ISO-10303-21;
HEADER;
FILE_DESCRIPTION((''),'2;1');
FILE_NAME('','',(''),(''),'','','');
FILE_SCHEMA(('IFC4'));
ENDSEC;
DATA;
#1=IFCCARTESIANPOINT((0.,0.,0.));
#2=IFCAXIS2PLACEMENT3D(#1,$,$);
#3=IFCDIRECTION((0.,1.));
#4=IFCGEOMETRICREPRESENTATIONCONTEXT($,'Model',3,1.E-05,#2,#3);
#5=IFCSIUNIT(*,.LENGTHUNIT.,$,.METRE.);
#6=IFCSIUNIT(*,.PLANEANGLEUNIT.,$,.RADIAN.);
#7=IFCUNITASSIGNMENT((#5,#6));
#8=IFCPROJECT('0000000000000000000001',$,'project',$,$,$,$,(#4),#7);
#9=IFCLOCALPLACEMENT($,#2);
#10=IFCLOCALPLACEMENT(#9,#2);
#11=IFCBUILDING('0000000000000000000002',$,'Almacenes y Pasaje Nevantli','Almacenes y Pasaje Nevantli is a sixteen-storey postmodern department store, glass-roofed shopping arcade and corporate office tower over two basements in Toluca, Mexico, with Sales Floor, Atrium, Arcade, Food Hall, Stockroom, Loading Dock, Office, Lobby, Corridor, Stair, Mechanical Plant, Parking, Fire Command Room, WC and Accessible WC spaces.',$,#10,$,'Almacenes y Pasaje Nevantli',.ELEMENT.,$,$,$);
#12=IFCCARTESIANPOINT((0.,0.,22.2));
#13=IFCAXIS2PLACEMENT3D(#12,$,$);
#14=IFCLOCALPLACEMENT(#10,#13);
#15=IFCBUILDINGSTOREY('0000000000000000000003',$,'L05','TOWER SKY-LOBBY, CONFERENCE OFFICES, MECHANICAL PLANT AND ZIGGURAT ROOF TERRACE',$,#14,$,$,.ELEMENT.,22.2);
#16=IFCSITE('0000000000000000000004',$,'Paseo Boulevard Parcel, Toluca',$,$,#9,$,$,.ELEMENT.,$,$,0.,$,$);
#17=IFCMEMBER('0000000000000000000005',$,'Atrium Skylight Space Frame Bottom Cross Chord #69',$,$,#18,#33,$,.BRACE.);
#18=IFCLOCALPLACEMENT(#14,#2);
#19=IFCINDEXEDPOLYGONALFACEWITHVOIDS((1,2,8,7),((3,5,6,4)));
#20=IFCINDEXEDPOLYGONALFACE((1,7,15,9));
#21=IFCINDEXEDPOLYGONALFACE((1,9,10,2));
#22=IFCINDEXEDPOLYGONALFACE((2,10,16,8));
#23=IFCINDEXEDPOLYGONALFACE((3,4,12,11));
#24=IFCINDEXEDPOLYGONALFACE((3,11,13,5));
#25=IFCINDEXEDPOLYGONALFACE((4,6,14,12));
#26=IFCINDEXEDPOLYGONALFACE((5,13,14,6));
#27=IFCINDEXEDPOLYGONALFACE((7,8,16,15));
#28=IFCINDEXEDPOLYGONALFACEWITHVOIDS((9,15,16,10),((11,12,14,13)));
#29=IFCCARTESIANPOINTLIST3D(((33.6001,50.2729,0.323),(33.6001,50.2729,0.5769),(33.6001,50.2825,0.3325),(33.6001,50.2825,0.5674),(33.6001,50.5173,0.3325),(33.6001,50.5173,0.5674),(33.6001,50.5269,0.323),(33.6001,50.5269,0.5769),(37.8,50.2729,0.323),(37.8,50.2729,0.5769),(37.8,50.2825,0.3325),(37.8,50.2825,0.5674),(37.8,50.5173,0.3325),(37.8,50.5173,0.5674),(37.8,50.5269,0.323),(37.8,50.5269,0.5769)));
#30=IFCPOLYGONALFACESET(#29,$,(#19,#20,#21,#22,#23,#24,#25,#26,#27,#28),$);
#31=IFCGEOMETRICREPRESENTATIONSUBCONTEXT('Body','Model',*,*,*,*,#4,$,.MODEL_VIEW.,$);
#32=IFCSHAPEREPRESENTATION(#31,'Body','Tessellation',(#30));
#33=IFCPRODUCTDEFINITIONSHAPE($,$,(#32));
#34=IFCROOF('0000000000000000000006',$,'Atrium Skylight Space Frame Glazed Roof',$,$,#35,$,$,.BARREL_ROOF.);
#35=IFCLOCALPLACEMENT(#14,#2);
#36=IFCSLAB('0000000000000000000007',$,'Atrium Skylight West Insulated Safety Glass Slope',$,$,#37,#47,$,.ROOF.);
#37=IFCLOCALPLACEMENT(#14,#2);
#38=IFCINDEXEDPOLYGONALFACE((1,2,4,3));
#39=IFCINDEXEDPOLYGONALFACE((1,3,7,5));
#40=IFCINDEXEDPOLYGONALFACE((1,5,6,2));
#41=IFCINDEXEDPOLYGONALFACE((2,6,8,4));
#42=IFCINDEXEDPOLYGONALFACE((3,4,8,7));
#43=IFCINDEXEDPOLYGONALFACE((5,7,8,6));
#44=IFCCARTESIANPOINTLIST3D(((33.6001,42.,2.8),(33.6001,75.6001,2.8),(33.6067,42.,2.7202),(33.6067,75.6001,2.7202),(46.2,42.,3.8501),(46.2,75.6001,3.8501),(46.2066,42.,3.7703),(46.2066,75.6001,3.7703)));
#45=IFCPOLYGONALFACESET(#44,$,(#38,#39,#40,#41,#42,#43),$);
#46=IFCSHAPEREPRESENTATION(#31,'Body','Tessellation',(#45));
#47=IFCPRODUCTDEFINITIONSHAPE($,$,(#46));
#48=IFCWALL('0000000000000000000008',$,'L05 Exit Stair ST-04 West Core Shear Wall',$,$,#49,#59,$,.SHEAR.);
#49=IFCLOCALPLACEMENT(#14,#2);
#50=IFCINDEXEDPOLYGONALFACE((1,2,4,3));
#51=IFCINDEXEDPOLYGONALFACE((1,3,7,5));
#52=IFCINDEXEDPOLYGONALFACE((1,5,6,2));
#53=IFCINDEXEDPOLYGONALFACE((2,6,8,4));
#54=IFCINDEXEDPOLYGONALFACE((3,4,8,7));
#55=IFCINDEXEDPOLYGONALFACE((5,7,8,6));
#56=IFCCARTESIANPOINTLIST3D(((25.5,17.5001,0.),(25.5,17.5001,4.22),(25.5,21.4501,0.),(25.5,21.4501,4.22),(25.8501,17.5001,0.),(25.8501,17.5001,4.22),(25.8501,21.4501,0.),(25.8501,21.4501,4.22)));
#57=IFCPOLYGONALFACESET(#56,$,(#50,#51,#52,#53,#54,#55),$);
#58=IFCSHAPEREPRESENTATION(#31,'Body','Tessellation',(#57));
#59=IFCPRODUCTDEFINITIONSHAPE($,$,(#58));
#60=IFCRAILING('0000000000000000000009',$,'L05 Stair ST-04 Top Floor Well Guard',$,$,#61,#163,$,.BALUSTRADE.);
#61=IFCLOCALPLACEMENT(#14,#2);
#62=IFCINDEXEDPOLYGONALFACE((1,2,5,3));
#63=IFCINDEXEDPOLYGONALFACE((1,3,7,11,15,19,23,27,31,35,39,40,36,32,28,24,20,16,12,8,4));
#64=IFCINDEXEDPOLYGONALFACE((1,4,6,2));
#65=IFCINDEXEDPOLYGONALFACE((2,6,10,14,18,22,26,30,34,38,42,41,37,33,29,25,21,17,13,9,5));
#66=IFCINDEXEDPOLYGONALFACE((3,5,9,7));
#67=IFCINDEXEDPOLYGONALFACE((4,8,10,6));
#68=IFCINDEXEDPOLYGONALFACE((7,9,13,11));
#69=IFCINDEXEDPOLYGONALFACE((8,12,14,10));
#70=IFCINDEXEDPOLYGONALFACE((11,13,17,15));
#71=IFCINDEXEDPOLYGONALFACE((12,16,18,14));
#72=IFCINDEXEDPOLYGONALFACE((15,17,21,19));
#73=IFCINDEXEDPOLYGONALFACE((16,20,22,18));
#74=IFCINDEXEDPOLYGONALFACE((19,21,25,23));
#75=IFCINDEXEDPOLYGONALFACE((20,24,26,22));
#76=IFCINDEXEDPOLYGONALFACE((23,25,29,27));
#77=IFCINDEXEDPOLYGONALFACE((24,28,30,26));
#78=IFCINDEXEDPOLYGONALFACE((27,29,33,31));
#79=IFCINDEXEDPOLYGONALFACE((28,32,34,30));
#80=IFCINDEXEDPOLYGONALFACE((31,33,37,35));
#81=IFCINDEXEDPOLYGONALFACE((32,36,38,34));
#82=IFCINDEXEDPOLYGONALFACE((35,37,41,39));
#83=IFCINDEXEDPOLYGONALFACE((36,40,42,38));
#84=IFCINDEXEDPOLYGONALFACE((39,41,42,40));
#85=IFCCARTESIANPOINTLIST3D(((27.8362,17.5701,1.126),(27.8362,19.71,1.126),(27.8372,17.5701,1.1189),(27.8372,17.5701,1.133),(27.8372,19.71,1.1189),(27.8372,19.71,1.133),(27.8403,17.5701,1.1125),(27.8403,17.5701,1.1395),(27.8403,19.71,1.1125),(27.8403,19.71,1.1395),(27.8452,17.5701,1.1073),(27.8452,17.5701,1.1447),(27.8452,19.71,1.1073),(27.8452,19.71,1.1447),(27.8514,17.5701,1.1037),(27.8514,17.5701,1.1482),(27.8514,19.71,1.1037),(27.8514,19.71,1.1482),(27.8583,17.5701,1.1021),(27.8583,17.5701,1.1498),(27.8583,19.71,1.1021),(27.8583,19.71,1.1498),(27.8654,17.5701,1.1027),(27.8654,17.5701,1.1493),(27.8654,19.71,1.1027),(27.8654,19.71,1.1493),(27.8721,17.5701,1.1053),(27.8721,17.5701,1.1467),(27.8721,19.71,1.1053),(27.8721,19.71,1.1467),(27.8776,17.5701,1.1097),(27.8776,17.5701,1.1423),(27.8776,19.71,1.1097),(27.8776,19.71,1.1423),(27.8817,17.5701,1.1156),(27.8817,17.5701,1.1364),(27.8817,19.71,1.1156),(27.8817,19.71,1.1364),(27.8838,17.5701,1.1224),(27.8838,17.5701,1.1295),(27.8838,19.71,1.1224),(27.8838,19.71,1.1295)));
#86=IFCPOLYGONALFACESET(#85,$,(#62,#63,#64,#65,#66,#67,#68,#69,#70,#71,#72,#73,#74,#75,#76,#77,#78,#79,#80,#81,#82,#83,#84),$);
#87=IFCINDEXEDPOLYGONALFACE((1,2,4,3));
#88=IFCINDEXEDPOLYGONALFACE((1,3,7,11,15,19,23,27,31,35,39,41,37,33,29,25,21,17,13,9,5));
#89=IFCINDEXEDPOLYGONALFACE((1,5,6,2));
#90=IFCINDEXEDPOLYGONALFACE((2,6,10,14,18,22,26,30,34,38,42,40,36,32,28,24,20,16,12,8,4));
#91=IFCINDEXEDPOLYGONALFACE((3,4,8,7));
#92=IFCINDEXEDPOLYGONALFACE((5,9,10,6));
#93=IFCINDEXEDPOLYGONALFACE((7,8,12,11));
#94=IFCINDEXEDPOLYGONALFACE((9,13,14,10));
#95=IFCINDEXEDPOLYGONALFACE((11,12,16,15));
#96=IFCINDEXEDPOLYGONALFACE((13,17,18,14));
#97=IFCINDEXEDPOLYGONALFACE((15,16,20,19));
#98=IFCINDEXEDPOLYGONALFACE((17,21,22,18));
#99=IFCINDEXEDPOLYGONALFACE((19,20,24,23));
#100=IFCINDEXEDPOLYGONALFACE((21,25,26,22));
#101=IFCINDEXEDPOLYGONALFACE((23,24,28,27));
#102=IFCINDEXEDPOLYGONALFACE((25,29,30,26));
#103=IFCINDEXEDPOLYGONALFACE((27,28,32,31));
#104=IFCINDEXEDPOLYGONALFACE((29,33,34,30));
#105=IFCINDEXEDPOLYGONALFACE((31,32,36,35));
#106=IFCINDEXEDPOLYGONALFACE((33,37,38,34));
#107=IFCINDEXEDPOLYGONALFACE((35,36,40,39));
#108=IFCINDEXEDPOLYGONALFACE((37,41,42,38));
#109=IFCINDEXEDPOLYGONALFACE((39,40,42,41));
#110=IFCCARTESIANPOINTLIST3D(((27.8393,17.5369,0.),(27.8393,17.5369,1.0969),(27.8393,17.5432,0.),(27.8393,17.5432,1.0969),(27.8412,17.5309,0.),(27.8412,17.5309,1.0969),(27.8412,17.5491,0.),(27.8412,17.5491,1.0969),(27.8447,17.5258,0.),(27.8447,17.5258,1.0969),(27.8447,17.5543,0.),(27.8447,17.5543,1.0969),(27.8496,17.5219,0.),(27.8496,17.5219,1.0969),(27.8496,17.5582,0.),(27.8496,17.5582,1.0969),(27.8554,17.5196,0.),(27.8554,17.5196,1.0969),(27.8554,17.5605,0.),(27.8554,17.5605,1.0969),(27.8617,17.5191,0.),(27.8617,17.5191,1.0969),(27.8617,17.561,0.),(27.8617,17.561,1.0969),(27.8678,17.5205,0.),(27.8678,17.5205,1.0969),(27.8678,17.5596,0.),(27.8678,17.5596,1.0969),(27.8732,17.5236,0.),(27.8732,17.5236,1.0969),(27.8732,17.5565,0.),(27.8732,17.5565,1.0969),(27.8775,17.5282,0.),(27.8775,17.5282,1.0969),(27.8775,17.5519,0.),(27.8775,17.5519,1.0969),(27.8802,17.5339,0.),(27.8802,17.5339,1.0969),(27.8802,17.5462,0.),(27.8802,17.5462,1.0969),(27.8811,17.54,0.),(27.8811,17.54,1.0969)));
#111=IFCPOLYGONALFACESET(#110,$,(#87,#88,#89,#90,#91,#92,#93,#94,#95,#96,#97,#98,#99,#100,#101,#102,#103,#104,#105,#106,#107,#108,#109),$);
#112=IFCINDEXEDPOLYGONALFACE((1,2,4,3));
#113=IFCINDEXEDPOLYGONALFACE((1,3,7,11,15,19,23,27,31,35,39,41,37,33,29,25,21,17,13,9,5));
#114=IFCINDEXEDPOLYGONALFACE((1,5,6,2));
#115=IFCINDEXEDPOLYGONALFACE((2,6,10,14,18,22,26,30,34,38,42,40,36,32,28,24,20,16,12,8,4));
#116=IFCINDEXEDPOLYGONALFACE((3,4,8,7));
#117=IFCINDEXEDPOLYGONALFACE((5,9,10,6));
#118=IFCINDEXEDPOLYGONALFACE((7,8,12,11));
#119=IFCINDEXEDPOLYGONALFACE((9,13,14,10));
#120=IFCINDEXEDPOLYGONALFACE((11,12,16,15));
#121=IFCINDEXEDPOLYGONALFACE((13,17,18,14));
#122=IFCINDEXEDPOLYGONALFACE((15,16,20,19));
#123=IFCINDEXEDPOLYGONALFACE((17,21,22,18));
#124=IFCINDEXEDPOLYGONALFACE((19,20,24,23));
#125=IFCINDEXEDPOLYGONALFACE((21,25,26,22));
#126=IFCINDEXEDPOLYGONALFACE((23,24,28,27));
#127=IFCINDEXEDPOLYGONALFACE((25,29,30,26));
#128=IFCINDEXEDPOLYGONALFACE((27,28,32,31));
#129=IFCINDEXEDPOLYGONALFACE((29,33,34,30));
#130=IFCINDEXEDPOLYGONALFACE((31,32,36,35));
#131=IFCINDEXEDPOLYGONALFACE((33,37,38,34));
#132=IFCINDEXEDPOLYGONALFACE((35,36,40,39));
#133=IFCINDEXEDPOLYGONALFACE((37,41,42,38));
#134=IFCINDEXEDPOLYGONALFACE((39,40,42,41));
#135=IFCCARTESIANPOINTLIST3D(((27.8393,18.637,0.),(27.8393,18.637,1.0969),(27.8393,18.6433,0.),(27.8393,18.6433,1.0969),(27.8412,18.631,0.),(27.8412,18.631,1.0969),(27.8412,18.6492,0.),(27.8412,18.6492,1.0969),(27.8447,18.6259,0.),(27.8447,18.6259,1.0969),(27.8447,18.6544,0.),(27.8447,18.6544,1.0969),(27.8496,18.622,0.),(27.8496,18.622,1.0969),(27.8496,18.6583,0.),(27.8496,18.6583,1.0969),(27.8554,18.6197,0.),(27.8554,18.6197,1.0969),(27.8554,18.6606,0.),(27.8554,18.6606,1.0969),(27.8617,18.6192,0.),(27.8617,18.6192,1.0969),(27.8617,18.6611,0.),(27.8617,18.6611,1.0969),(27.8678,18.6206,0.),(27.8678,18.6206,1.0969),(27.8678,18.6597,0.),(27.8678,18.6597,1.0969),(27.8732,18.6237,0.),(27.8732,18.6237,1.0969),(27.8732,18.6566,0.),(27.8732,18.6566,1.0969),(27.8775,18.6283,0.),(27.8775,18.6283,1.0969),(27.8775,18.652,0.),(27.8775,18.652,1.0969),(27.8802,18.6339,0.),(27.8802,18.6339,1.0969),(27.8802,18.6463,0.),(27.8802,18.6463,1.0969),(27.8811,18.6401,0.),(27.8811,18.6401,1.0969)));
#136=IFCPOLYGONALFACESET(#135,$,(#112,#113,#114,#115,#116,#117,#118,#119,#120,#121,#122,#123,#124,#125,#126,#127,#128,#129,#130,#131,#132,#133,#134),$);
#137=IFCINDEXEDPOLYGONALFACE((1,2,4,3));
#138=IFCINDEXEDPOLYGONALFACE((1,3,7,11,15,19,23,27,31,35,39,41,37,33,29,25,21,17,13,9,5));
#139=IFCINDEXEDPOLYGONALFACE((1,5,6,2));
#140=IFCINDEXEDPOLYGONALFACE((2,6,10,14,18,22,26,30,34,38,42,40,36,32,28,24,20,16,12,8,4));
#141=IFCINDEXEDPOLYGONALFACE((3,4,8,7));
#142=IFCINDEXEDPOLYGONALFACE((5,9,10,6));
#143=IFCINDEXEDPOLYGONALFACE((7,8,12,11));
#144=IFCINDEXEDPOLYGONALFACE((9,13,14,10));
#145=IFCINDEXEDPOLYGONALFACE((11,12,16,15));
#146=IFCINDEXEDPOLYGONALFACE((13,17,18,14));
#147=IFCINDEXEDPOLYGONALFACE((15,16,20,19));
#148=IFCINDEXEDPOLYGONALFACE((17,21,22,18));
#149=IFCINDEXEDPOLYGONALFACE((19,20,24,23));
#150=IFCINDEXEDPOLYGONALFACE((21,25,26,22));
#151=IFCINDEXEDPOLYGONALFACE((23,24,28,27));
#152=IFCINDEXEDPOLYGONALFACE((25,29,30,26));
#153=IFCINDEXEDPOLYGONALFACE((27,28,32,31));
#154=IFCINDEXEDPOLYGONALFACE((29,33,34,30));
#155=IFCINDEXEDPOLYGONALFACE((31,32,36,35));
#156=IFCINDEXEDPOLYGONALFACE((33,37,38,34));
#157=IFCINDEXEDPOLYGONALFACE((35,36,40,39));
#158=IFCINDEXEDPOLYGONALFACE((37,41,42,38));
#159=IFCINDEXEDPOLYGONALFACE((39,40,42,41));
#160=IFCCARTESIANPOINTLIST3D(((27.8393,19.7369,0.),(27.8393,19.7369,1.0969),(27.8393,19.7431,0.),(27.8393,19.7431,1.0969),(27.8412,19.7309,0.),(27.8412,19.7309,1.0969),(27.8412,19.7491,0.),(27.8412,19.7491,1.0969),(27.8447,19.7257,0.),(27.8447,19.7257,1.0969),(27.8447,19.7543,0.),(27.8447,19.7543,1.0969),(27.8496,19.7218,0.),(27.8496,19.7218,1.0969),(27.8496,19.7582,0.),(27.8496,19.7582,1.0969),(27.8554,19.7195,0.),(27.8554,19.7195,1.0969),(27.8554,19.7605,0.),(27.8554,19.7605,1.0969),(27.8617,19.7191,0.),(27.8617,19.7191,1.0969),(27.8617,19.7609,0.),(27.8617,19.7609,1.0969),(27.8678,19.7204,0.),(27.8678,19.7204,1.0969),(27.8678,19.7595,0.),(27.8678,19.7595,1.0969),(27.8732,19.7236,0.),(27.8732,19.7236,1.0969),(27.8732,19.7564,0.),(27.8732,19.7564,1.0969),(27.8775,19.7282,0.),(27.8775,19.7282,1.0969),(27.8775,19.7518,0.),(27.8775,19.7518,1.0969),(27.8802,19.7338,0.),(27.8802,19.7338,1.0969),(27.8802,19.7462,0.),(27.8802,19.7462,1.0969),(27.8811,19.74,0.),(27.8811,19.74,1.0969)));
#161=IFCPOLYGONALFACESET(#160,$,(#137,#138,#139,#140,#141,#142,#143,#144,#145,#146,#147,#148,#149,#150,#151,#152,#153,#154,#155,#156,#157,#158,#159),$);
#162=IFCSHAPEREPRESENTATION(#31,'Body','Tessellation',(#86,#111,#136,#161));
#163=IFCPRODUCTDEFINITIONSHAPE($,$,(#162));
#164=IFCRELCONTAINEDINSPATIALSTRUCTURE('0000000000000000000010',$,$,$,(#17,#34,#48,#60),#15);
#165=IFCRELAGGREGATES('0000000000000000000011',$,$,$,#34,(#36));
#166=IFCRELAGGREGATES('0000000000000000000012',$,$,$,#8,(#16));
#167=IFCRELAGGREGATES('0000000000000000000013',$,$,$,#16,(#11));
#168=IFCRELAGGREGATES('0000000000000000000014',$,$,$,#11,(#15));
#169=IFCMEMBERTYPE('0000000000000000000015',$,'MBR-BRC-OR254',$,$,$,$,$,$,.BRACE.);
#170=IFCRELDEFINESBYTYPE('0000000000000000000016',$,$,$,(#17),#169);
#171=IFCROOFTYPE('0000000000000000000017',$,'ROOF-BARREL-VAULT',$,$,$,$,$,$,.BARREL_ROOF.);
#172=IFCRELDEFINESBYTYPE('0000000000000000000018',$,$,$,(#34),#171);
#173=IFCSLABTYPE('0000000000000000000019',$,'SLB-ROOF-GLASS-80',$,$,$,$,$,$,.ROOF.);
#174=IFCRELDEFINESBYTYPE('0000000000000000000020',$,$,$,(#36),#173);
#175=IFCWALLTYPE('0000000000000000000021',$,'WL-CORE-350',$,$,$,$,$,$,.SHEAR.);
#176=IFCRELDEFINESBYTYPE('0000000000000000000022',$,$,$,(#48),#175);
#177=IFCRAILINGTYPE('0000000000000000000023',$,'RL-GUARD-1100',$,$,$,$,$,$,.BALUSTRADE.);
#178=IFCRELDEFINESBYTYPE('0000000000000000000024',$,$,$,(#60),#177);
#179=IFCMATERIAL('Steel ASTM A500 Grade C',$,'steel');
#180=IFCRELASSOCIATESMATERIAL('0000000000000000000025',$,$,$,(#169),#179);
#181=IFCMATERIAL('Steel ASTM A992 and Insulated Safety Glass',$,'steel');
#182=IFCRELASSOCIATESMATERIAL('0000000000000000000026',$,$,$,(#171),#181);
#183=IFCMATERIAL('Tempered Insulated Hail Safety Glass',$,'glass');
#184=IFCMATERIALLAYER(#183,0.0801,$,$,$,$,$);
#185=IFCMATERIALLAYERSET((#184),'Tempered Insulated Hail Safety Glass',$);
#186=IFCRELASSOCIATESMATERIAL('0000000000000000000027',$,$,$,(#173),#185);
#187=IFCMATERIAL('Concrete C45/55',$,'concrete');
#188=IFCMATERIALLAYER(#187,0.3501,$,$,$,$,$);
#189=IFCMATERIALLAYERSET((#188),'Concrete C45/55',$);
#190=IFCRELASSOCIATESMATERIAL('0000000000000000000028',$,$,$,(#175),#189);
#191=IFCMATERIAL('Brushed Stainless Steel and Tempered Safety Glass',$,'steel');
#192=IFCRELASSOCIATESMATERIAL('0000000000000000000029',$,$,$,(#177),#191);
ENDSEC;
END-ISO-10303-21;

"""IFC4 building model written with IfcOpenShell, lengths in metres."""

from ifc_helpers import new_model, si_unit, direction, frame, frame_2d, origin, origin_2d, place, context, subcontext, project, spatial, polyline, rectangle, hollow_rectangle, circle, outline, extrude, material, layer, layer_set, material_profile, profile_set, type_object, element, aggregate, save


model = new_model("IFC4")

# Units and contexts
model_context = context("Model", 3, precision=1e-05, world=origin(), true_north=direction((0.0, 1.0)))
body_context = subcontext(model_context, "Body", "Model", "MODEL_VIEW")
ifc_project = project(units=[si_unit("LENGTHUNIT", "METRE"), si_unit("PLANEANGLEUNIT", "RADIAN")], contexts=[model_context])

# Site, building, storey
site_placement = place(None, origin())
site = spatial("IfcSite", under=ifc_project, at=site_placement, Name="Paseo Boulevard Parcel, Toluca", CompositionType="ELEMENT", RefElevation=0.0)
building_placement = place(site_placement, origin())
building = spatial("IfcBuilding", under=site, at=building_placement, Name="Almacenes y Pasaje Nevantli", Description="Almacenes y Pasaje Nevantli is a sixteen-storey postmodern department store, glass-roofed shopping arcade and corporate office tower over two basements in Toluca, Mexico, with Sales Floor, Atrium, Arcade, Food Hall, Stockroom, Loading Dock, Office, Lobby, Corridor, Stair, Mechanical Plant, Parking, Fire Command Room, WC and Accessible WC spaces.", LongName="Almacenes y Pasaje Nevantli", CompositionType="ELEMENT")
storey_placement = place(building_placement, frame((0.0, 0.0, 22.2)))
storey = spatial("IfcBuildingStorey", under=building, at=storey_placement, Name="L05", Description="TOWER SKY-LOBBY, CONFERENCE OFFICES, MECHANICAL PLANT AND ZIGGURAT ROOF TERRACE", CompositionType="ELEMENT", Elevation=22.2)

# Member
ifc_material_1 = material(Name="Steel ASTM A500 Grade C", Category="steel")
ifc_material_profile_1 = material_profile(ifc_material_1, hollow_rectangle(XDim=0.2539, YDim=0.2539, WallThickness=0.0095, at=origin_2d()), Name="OR 254x254x9.5")
ifc_profile_set_1 = profile_set([ifc_material_profile_1], Name="Steel ASTM A500 Grade C")
member_type_1 = type_object("IfcMemberType", Name="MBR-BRC-OR254", PredefinedType="BRACE", material=ifc_profile_set_1)
for number, where, z_axis, x_axis, name in (
    (1, (33.6001, 50.3999, 0.45), (1.0, 0.0, 0.0), (0.0, 1.0, 0.0), "Atrium Skylight Space Frame Bottom Cross Chord #69"),
):
    element("IfcMember", number, at=place(storey_placement, frame(where, z_axis=z_axis, x_axis=x_axis)), inside=storey, type_object=member_type_1, Name=name, PredefinedType="BRACE", context=body_context, shape_type="SweptSolid", body=[
        extrude(hollow_rectangle(XDim=0.2539, YDim=0.2539, WallThickness=0.0095, at=origin_2d()), origin(), (0.0, 0.0, 1.0), 4.2),
    ])

# Roof, slab
ifc_material_2 = material(Name="Steel ASTM A992 and Insulated Safety Glass", Category="steel")
roof_type = type_object("IfcRoofType", Name="ROOF-BARREL-VAULT", PredefinedType="BARREL_ROOF", material=ifc_material_2)
roof_placement = place(storey_placement, origin())
roof = element("IfcRoof", 2, at=roof_placement, inside=storey, type_object=roof_type, Name="Atrium Skylight Space Frame Glazed Roof", PredefinedType="BARREL_ROOF")
ifc_material_3 = material(Name="Tempered Insulated Hail Safety Glass", Category="glass")
ifc_layer_1 = layer(ifc_material_3, 0.0801)
ifc_layer_set_1 = layer_set([ifc_layer_1], Name="Tempered Insulated Hail Safety Glass")
slab_type = type_object("IfcSlabType", Name="SLB-ROOF-GLASS-80", PredefinedType="ROOF", material=ifc_layer_set_1)
slab_placement = place(storey_placement, frame((33.6001, 42.0, 2.8), z_axis=(-0.08305, 0.0, 0.996545), x_axis=(0.996545, 0.0, 0.08305)))
slab = element("IfcSlab", 3, at=slab_placement, type_object=slab_type, Name="Atrium Skylight West Insulated Safety Glass Slope", PredefinedType="ROOF", context=body_context, shape_type="SweptSolid", body=[
    extrude(outline(polyline([(0.0, 0.0), (12.6435, 0.0), (12.6435, 33.6001), (0.0, 33.6001), (0.0, 0.0)])), origin(), (0.0, 0.0, -1.0), 0.0801),
])
aggregate(roof, [slab])

# Wall
ifc_material_4 = material(Name="Concrete C45/55", Category="concrete")
ifc_layer_2 = layer(ifc_material_4, 0.3501)
ifc_layer_set_2 = layer_set([ifc_layer_2], Name="Concrete C45/55")
wall_type = type_object("IfcWallType", Name="WL-CORE-350", PredefinedType="SHEAR", material=ifc_layer_set_2)
wall_placement = place(storey_placement, frame((25.675, 17.5, 0.0), z_axis=(0.0, 0.0, 1.0), x_axis=(0.0, 1.0, 0.0)))
element("IfcWall", 4, at=wall_placement, inside=storey, type_object=wall_type, Name="L05 Exit Stair ST-04 West Core Shear Wall", PredefinedType="SHEAR", context=body_context, shape_type="SweptSolid", body=[
    extrude(rectangle(XDim=3.95, YDim=0.3501, at=frame_2d((1.9751, 0.0))), origin(), (0.0, 0.0, 1.0), 4.22),
])

# Railing
ifc_material_5 = material(Name="Brushed Stainless Steel and Tempered Safety Glass", Category="steel")
railing_type = type_object("IfcRailingType", Name="RL-GUARD-1100", PredefinedType="BALUSTRADE", material=ifc_material_5)
railing_placement = place(storey_placement, frame((27.8601, 17.54, 0.0)))
element("IfcRailing", 5, at=railing_placement, inside=storey, type_object=railing_type, Name="L05 Stair ST-04 Top Floor Well Guard", PredefinedType="BALUSTRADE", context=body_context, shape_type="SweptSolid", body=[
    extrude(circle(Radius=0.0239, at=origin_2d()), frame((0.0, 0.03, 1.126), z_axis=(0.0, 1.0, 0.0), x_axis=(-1.0, 0.0, 0.0)), (0.0, 0.0, 1.0), 2.1399),
    extrude(circle(Radius=0.021, at=origin_2d()), origin(), (0.0, 0.0, 1.0), 1.0969),
    extrude(circle(Radius=0.021, at=origin_2d()), frame((0.0, 1.1001, 0.0)), (0.0, 0.0, 1.0), 1.0969),
    extrude(circle(Radius=0.021, at=origin_2d()), frame((0.0, 2.2, 0.0)), (0.0, 0.0, 1.0), 1.0969),
])

save(model, "model.ifc")
